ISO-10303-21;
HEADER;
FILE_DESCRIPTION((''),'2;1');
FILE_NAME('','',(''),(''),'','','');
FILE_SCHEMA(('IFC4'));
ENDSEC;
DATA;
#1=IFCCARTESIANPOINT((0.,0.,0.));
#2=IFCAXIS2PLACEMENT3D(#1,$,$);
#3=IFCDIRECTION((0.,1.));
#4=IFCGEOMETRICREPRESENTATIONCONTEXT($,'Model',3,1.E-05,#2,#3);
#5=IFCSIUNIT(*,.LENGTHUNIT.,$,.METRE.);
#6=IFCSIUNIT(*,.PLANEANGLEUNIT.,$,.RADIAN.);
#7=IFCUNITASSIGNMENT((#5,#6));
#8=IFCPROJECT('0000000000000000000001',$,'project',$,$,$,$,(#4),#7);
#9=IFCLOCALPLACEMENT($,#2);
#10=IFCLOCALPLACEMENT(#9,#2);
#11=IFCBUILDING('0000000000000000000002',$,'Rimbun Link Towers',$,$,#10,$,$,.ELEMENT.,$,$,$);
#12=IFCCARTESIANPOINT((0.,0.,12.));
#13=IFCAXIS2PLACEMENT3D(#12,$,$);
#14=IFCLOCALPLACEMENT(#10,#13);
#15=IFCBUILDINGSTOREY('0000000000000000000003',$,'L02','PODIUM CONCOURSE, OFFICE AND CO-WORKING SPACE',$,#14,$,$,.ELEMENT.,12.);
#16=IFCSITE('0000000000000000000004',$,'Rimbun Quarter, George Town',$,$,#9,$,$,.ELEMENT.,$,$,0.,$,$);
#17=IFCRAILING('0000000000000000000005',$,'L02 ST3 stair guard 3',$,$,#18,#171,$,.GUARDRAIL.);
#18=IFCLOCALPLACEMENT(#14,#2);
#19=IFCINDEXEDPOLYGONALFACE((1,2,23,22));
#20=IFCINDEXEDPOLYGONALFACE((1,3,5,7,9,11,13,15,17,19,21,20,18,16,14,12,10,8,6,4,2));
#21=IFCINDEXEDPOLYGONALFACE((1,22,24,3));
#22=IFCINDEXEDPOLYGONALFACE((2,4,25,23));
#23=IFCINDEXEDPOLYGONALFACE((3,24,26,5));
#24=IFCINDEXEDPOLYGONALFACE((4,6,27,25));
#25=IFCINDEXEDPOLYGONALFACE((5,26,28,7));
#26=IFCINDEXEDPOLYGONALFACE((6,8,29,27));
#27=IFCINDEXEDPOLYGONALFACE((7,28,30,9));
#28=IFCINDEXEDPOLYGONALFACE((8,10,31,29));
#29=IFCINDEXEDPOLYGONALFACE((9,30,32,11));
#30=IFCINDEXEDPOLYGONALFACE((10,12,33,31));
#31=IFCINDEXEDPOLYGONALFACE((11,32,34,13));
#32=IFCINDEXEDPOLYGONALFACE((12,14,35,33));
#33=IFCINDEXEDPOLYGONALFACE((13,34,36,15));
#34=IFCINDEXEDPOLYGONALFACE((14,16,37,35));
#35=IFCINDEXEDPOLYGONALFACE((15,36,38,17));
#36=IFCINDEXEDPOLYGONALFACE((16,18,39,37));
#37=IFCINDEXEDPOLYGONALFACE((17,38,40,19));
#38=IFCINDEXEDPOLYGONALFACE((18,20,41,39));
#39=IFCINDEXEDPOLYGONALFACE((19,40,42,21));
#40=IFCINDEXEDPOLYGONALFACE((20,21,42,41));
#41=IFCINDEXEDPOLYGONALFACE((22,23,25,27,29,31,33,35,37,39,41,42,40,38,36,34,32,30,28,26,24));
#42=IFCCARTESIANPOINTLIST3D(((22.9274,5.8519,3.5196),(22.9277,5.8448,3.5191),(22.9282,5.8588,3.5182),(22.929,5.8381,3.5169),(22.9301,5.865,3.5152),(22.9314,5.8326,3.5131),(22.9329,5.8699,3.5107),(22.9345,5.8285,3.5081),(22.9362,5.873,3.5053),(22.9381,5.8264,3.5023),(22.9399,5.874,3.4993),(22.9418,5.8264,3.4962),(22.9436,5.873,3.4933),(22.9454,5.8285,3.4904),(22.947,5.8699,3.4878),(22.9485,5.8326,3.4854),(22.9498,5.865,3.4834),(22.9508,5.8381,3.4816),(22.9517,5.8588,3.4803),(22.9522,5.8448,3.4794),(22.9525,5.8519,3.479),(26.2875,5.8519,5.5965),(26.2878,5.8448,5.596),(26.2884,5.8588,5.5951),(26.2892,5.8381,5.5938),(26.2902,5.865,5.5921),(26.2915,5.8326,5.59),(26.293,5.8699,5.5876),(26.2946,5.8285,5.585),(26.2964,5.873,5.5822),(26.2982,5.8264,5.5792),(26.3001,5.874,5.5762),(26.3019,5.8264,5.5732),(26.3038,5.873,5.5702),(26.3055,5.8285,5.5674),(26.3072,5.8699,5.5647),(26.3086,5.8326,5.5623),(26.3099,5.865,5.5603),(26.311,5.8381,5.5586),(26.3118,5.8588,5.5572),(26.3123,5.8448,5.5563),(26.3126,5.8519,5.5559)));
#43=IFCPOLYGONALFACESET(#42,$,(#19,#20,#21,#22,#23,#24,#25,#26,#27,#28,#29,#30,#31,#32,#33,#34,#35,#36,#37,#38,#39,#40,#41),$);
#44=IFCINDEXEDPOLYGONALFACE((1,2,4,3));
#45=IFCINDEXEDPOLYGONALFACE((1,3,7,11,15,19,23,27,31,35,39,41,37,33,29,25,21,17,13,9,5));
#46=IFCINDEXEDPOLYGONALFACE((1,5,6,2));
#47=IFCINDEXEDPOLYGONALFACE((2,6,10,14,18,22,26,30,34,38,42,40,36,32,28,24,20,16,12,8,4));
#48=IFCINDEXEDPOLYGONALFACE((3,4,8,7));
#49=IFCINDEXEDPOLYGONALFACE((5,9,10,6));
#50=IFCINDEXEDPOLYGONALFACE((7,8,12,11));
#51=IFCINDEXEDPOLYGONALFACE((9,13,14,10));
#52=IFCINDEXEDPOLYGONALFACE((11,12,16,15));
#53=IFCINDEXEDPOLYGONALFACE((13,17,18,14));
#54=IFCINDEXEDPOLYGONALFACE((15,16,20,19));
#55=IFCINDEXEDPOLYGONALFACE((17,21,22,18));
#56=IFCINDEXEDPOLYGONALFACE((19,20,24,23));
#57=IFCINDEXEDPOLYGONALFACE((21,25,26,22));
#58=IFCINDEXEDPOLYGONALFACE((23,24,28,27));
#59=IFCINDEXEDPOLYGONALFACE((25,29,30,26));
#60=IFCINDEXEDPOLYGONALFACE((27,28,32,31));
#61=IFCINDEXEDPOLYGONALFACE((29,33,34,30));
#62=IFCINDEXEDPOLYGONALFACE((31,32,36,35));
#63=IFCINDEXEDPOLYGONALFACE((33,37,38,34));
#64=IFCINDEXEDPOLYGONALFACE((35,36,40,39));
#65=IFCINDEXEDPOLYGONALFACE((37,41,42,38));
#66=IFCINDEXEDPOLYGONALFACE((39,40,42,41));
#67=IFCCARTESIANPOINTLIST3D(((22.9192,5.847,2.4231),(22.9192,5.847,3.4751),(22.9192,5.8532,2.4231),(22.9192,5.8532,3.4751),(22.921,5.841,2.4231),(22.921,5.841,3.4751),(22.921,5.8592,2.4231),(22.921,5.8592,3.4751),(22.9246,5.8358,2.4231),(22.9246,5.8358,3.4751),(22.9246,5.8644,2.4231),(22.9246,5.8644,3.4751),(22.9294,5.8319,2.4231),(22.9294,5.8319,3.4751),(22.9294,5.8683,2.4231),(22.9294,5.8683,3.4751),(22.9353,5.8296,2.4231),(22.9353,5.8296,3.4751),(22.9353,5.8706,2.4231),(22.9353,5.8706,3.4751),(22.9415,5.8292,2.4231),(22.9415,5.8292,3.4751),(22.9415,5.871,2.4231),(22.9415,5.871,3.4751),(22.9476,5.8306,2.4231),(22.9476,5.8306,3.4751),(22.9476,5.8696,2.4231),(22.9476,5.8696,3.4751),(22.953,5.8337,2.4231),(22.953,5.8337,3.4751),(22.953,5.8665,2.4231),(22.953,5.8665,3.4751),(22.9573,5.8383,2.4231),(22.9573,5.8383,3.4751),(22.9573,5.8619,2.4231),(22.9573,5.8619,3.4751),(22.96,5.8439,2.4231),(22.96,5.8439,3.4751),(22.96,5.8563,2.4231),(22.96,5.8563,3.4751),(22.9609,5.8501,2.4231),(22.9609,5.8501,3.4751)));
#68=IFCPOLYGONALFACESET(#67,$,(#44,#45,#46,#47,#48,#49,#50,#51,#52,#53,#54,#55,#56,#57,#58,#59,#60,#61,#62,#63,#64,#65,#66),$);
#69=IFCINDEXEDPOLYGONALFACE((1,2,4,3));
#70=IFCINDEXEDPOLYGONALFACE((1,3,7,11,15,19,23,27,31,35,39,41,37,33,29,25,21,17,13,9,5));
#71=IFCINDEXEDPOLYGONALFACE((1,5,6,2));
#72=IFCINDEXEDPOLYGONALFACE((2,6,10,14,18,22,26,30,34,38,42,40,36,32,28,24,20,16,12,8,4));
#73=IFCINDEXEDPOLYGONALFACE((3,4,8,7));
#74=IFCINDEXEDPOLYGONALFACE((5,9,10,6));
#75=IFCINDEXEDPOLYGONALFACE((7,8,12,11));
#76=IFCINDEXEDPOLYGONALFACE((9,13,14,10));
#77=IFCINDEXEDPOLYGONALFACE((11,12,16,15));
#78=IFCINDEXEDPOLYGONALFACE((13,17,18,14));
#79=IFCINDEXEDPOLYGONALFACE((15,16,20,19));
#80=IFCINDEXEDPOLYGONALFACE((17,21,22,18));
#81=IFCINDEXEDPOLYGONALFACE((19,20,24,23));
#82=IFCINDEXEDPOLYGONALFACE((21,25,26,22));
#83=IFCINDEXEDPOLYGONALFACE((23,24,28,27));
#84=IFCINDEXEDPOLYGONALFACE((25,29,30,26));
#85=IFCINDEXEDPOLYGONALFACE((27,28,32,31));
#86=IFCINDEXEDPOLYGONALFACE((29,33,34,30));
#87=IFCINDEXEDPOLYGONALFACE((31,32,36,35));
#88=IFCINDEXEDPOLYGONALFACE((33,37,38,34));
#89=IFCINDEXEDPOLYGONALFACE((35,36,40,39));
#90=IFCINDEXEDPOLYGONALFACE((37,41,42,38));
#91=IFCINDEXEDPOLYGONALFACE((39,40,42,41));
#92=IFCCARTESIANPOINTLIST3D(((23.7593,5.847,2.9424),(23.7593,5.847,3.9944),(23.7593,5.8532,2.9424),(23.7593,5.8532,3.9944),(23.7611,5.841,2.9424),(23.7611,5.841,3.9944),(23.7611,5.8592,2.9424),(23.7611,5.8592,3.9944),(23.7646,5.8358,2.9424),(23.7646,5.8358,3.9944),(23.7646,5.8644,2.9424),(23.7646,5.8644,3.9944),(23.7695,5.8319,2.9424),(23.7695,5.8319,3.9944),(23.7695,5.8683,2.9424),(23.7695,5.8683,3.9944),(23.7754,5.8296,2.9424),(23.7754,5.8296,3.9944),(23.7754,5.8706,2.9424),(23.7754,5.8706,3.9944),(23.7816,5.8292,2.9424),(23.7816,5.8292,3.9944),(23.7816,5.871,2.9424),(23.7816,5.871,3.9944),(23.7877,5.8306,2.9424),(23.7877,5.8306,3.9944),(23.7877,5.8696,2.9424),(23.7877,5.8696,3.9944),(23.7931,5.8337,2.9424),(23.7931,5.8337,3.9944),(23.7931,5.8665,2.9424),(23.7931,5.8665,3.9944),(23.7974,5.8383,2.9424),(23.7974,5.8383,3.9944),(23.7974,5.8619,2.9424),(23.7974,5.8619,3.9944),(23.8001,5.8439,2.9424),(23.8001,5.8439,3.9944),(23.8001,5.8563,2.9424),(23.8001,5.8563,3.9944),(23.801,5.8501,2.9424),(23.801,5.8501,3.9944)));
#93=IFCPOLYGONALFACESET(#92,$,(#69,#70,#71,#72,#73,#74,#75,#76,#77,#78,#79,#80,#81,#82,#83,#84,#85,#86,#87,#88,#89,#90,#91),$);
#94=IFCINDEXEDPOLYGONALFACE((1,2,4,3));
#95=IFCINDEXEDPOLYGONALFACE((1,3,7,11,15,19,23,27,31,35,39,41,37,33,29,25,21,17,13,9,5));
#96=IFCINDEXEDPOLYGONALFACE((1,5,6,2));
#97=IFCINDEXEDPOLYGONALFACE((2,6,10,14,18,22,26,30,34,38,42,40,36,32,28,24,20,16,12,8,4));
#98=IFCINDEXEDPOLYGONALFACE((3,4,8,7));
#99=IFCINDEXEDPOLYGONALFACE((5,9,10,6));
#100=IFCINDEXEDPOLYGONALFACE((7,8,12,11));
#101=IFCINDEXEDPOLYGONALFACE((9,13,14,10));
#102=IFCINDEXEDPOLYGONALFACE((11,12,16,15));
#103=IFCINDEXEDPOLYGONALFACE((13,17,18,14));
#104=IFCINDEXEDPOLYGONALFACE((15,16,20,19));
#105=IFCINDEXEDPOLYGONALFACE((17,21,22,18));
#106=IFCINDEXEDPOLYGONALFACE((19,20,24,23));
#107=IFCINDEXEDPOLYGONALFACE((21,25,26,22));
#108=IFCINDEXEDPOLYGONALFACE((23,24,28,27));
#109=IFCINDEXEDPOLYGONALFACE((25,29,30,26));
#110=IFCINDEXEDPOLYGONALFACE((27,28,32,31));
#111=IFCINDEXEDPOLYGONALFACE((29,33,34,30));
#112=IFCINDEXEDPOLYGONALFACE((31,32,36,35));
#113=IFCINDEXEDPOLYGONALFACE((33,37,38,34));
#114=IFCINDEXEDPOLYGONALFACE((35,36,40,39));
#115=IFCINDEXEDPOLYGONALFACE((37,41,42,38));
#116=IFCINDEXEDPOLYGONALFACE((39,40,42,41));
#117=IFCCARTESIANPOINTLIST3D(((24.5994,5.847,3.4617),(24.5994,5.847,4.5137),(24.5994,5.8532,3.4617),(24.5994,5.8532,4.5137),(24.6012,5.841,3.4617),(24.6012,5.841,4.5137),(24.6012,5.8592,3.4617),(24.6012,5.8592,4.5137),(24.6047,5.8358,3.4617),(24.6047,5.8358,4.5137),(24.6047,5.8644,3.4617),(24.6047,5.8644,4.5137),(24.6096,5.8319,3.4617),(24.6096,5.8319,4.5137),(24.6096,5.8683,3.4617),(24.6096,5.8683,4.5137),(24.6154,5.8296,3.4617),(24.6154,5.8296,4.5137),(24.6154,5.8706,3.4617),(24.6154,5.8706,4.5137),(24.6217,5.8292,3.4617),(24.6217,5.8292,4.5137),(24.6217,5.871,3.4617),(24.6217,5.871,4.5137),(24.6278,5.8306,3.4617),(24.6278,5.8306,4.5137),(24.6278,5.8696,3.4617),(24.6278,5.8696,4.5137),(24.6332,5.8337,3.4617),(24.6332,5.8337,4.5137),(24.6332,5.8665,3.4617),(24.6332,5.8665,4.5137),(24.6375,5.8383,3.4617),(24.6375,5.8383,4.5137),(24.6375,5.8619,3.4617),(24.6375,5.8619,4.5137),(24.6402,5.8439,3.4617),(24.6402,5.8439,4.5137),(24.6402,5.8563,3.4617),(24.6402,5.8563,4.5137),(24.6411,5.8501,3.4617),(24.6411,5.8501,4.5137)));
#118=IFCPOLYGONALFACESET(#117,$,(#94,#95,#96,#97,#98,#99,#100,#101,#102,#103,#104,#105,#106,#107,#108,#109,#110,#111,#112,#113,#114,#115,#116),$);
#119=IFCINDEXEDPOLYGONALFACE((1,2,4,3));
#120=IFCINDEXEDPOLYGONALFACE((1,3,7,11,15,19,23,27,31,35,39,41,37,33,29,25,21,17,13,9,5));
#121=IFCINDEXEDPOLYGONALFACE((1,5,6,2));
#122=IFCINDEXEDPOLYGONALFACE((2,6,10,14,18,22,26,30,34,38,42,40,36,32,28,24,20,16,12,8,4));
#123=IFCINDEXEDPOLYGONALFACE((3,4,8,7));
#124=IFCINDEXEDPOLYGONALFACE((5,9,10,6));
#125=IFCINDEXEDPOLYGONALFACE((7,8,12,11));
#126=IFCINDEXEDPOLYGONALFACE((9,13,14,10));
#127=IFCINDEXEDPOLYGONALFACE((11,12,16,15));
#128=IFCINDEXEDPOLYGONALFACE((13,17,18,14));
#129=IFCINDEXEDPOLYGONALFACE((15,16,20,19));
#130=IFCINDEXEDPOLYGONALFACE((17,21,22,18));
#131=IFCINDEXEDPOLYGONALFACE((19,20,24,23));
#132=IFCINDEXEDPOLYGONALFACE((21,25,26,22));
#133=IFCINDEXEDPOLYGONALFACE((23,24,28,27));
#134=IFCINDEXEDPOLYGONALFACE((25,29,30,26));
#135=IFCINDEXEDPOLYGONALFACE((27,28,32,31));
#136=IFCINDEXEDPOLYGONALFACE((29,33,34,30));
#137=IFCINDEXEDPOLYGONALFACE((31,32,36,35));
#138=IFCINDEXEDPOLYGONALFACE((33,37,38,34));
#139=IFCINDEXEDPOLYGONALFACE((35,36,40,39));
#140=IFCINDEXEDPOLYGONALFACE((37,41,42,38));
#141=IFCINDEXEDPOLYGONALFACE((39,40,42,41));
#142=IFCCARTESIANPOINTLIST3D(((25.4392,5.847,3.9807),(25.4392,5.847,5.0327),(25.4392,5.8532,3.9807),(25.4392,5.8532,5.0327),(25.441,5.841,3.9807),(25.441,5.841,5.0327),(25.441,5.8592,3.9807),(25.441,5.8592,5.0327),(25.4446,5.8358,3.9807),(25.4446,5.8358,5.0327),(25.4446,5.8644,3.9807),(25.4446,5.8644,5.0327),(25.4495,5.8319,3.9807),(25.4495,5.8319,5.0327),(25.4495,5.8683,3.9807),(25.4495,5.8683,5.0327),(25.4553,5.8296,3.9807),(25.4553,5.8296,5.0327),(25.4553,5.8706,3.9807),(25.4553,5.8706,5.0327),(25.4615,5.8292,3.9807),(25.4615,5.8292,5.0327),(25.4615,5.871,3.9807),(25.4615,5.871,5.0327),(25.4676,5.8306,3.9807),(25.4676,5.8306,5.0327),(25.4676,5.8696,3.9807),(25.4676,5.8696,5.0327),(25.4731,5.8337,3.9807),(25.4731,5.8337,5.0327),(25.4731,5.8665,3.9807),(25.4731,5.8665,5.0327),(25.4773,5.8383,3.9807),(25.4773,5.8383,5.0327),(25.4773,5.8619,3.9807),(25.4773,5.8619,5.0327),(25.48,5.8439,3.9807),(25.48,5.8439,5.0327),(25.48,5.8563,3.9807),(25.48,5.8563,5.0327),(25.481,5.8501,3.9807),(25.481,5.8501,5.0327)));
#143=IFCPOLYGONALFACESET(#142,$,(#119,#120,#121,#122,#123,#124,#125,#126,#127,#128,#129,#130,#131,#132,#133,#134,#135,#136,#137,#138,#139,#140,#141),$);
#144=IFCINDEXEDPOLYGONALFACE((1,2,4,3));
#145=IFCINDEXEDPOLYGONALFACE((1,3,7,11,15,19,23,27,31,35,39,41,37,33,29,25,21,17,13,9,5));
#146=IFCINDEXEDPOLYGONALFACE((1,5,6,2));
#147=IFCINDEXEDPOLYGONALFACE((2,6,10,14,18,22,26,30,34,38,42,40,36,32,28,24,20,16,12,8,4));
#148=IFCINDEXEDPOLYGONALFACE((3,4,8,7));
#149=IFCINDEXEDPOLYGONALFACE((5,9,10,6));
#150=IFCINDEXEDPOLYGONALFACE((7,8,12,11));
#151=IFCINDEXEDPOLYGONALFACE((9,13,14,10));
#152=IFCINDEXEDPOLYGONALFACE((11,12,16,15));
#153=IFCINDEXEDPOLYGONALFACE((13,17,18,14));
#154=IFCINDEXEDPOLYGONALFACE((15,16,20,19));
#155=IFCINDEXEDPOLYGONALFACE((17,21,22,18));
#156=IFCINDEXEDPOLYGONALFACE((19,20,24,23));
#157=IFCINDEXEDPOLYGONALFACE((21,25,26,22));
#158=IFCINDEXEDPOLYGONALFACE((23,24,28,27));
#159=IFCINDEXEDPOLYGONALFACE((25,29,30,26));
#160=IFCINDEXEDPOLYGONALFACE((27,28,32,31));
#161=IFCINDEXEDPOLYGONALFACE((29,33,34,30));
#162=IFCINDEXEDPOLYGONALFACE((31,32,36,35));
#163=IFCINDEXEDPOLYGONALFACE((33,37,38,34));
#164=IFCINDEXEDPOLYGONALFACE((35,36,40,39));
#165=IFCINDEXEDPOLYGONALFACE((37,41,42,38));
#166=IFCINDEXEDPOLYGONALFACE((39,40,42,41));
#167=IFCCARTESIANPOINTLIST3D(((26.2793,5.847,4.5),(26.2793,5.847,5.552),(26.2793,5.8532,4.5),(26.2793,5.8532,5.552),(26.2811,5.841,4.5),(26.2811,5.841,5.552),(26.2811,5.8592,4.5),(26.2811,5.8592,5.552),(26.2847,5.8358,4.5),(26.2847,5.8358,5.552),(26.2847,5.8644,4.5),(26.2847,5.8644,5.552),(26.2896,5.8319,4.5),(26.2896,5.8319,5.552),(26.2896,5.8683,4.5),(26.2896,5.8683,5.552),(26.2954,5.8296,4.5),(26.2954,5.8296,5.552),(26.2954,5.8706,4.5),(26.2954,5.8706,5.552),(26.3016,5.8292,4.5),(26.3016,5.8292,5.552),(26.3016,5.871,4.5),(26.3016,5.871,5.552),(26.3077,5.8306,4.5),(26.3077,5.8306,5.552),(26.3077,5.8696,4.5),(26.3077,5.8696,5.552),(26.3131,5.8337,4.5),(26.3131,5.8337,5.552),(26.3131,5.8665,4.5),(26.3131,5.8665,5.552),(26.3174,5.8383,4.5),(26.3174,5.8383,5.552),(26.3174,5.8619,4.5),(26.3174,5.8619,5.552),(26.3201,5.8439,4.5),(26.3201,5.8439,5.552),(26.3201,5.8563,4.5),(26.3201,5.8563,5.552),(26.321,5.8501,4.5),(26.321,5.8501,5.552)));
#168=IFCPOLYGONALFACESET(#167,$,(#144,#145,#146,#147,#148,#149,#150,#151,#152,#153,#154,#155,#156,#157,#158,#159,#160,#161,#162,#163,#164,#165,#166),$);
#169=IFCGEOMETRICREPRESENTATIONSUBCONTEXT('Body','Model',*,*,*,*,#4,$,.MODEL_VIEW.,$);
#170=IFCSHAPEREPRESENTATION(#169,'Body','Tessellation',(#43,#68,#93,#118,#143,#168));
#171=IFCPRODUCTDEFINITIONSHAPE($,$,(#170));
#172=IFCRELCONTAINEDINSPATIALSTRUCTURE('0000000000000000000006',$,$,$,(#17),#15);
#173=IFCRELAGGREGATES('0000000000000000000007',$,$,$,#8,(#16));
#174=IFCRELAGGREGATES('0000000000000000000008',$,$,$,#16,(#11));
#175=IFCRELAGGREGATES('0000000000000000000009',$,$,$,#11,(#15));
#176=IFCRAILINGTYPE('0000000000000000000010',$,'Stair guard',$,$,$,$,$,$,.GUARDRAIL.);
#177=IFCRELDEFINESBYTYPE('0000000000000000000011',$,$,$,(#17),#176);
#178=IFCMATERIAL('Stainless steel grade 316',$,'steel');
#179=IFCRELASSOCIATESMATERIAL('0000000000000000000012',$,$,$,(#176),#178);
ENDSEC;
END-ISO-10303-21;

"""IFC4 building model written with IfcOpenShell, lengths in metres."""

from ifc_helpers import new_model, si_unit, direction, frame, origin, origin_2d, place, context, subcontext, project, spatial, circle, extrude, material, type_object, element, save


model = new_model("IFC4")

# Units and contexts
model_context = context("Model", 3, precision=1e-05, world=origin(), true_north=direction((0.0, 1.0)))
body_context = subcontext(model_context, "Body", "Model", "MODEL_VIEW")
ifc_project = project(units=[si_unit("LENGTHUNIT", "METRE"), si_unit("PLANEANGLEUNIT", "RADIAN")], contexts=[model_context])

# Site, building, storey
site_placement = place(None, origin())
site = spatial("IfcSite", under=ifc_project, at=site_placement, Name="Rimbun Quarter, George Town", CompositionType="ELEMENT", RefElevation=0.0)
building_placement = place(site_placement, origin())
building = spatial("IfcBuilding", under=site, at=building_placement, Name="Rimbun Link Towers", CompositionType="ELEMENT")
storey_placement = place(building_placement, frame((0.0, 0.0, 12.0)))
storey = spatial("IfcBuildingStorey", under=building, at=storey_placement, Name="L02", Description="PODIUM CONCOURSE, OFFICE AND CO-WORKING SPACE", CompositionType="ELEMENT", Elevation=12.0)

# Railing
ifc_material_1 = material(Name="Stainless steel grade 316", Category="steel")
railing_type_1 = type_object("IfcRailingType", Name="Stair guard", PredefinedType="GUARDRAIL", material=ifc_material_1)
railing_1_placement = place(storey_placement, frame((22.9399, 5.8501, 2.4231)))
element("IfcRailing", 1, at=railing_1_placement, inside=storey, type_object=railing_type_1, Name="L02 ST3 stair guard 3", PredefinedType="GUARDRAIL", context=body_context, shape_type="SweptSolid", body=[
    extrude(circle(Radius=0.0239, at=origin_2d()), frame((0.0, 0.0, 1.0762), z_axis=(0.850623, 0.0, 0.525776), x_axis=(0.0, 1.0, 0.0)), (0.0, 0.0, 1.0), 3.9502),
    extrude(circle(Radius=0.021, at=origin_2d()), origin(), (0.0, 0.0, 1.0), 1.052),
    extrude(circle(Radius=0.021, at=origin_2d()), frame((0.8401, 0.0, 0.5193)), (0.0, 0.0, 1.0), 1.052),
    extrude(circle(Radius=0.021, at=origin_2d()), frame((1.6802, 0.0, 1.0386)), (0.0, 0.0, 1.0), 1.052),
    extrude(circle(Radius=0.021, at=origin_2d()), frame((2.52, 0.0, 1.5576)), (0.0, 0.0, 1.0), 1.052),
    extrude(circle(Radius=0.021, at=origin_2d()), frame((3.3601, 0.0, 2.0769)), (0.0, 0.0, 1.0), 1.052),
])

save(model, "model.ifc")
